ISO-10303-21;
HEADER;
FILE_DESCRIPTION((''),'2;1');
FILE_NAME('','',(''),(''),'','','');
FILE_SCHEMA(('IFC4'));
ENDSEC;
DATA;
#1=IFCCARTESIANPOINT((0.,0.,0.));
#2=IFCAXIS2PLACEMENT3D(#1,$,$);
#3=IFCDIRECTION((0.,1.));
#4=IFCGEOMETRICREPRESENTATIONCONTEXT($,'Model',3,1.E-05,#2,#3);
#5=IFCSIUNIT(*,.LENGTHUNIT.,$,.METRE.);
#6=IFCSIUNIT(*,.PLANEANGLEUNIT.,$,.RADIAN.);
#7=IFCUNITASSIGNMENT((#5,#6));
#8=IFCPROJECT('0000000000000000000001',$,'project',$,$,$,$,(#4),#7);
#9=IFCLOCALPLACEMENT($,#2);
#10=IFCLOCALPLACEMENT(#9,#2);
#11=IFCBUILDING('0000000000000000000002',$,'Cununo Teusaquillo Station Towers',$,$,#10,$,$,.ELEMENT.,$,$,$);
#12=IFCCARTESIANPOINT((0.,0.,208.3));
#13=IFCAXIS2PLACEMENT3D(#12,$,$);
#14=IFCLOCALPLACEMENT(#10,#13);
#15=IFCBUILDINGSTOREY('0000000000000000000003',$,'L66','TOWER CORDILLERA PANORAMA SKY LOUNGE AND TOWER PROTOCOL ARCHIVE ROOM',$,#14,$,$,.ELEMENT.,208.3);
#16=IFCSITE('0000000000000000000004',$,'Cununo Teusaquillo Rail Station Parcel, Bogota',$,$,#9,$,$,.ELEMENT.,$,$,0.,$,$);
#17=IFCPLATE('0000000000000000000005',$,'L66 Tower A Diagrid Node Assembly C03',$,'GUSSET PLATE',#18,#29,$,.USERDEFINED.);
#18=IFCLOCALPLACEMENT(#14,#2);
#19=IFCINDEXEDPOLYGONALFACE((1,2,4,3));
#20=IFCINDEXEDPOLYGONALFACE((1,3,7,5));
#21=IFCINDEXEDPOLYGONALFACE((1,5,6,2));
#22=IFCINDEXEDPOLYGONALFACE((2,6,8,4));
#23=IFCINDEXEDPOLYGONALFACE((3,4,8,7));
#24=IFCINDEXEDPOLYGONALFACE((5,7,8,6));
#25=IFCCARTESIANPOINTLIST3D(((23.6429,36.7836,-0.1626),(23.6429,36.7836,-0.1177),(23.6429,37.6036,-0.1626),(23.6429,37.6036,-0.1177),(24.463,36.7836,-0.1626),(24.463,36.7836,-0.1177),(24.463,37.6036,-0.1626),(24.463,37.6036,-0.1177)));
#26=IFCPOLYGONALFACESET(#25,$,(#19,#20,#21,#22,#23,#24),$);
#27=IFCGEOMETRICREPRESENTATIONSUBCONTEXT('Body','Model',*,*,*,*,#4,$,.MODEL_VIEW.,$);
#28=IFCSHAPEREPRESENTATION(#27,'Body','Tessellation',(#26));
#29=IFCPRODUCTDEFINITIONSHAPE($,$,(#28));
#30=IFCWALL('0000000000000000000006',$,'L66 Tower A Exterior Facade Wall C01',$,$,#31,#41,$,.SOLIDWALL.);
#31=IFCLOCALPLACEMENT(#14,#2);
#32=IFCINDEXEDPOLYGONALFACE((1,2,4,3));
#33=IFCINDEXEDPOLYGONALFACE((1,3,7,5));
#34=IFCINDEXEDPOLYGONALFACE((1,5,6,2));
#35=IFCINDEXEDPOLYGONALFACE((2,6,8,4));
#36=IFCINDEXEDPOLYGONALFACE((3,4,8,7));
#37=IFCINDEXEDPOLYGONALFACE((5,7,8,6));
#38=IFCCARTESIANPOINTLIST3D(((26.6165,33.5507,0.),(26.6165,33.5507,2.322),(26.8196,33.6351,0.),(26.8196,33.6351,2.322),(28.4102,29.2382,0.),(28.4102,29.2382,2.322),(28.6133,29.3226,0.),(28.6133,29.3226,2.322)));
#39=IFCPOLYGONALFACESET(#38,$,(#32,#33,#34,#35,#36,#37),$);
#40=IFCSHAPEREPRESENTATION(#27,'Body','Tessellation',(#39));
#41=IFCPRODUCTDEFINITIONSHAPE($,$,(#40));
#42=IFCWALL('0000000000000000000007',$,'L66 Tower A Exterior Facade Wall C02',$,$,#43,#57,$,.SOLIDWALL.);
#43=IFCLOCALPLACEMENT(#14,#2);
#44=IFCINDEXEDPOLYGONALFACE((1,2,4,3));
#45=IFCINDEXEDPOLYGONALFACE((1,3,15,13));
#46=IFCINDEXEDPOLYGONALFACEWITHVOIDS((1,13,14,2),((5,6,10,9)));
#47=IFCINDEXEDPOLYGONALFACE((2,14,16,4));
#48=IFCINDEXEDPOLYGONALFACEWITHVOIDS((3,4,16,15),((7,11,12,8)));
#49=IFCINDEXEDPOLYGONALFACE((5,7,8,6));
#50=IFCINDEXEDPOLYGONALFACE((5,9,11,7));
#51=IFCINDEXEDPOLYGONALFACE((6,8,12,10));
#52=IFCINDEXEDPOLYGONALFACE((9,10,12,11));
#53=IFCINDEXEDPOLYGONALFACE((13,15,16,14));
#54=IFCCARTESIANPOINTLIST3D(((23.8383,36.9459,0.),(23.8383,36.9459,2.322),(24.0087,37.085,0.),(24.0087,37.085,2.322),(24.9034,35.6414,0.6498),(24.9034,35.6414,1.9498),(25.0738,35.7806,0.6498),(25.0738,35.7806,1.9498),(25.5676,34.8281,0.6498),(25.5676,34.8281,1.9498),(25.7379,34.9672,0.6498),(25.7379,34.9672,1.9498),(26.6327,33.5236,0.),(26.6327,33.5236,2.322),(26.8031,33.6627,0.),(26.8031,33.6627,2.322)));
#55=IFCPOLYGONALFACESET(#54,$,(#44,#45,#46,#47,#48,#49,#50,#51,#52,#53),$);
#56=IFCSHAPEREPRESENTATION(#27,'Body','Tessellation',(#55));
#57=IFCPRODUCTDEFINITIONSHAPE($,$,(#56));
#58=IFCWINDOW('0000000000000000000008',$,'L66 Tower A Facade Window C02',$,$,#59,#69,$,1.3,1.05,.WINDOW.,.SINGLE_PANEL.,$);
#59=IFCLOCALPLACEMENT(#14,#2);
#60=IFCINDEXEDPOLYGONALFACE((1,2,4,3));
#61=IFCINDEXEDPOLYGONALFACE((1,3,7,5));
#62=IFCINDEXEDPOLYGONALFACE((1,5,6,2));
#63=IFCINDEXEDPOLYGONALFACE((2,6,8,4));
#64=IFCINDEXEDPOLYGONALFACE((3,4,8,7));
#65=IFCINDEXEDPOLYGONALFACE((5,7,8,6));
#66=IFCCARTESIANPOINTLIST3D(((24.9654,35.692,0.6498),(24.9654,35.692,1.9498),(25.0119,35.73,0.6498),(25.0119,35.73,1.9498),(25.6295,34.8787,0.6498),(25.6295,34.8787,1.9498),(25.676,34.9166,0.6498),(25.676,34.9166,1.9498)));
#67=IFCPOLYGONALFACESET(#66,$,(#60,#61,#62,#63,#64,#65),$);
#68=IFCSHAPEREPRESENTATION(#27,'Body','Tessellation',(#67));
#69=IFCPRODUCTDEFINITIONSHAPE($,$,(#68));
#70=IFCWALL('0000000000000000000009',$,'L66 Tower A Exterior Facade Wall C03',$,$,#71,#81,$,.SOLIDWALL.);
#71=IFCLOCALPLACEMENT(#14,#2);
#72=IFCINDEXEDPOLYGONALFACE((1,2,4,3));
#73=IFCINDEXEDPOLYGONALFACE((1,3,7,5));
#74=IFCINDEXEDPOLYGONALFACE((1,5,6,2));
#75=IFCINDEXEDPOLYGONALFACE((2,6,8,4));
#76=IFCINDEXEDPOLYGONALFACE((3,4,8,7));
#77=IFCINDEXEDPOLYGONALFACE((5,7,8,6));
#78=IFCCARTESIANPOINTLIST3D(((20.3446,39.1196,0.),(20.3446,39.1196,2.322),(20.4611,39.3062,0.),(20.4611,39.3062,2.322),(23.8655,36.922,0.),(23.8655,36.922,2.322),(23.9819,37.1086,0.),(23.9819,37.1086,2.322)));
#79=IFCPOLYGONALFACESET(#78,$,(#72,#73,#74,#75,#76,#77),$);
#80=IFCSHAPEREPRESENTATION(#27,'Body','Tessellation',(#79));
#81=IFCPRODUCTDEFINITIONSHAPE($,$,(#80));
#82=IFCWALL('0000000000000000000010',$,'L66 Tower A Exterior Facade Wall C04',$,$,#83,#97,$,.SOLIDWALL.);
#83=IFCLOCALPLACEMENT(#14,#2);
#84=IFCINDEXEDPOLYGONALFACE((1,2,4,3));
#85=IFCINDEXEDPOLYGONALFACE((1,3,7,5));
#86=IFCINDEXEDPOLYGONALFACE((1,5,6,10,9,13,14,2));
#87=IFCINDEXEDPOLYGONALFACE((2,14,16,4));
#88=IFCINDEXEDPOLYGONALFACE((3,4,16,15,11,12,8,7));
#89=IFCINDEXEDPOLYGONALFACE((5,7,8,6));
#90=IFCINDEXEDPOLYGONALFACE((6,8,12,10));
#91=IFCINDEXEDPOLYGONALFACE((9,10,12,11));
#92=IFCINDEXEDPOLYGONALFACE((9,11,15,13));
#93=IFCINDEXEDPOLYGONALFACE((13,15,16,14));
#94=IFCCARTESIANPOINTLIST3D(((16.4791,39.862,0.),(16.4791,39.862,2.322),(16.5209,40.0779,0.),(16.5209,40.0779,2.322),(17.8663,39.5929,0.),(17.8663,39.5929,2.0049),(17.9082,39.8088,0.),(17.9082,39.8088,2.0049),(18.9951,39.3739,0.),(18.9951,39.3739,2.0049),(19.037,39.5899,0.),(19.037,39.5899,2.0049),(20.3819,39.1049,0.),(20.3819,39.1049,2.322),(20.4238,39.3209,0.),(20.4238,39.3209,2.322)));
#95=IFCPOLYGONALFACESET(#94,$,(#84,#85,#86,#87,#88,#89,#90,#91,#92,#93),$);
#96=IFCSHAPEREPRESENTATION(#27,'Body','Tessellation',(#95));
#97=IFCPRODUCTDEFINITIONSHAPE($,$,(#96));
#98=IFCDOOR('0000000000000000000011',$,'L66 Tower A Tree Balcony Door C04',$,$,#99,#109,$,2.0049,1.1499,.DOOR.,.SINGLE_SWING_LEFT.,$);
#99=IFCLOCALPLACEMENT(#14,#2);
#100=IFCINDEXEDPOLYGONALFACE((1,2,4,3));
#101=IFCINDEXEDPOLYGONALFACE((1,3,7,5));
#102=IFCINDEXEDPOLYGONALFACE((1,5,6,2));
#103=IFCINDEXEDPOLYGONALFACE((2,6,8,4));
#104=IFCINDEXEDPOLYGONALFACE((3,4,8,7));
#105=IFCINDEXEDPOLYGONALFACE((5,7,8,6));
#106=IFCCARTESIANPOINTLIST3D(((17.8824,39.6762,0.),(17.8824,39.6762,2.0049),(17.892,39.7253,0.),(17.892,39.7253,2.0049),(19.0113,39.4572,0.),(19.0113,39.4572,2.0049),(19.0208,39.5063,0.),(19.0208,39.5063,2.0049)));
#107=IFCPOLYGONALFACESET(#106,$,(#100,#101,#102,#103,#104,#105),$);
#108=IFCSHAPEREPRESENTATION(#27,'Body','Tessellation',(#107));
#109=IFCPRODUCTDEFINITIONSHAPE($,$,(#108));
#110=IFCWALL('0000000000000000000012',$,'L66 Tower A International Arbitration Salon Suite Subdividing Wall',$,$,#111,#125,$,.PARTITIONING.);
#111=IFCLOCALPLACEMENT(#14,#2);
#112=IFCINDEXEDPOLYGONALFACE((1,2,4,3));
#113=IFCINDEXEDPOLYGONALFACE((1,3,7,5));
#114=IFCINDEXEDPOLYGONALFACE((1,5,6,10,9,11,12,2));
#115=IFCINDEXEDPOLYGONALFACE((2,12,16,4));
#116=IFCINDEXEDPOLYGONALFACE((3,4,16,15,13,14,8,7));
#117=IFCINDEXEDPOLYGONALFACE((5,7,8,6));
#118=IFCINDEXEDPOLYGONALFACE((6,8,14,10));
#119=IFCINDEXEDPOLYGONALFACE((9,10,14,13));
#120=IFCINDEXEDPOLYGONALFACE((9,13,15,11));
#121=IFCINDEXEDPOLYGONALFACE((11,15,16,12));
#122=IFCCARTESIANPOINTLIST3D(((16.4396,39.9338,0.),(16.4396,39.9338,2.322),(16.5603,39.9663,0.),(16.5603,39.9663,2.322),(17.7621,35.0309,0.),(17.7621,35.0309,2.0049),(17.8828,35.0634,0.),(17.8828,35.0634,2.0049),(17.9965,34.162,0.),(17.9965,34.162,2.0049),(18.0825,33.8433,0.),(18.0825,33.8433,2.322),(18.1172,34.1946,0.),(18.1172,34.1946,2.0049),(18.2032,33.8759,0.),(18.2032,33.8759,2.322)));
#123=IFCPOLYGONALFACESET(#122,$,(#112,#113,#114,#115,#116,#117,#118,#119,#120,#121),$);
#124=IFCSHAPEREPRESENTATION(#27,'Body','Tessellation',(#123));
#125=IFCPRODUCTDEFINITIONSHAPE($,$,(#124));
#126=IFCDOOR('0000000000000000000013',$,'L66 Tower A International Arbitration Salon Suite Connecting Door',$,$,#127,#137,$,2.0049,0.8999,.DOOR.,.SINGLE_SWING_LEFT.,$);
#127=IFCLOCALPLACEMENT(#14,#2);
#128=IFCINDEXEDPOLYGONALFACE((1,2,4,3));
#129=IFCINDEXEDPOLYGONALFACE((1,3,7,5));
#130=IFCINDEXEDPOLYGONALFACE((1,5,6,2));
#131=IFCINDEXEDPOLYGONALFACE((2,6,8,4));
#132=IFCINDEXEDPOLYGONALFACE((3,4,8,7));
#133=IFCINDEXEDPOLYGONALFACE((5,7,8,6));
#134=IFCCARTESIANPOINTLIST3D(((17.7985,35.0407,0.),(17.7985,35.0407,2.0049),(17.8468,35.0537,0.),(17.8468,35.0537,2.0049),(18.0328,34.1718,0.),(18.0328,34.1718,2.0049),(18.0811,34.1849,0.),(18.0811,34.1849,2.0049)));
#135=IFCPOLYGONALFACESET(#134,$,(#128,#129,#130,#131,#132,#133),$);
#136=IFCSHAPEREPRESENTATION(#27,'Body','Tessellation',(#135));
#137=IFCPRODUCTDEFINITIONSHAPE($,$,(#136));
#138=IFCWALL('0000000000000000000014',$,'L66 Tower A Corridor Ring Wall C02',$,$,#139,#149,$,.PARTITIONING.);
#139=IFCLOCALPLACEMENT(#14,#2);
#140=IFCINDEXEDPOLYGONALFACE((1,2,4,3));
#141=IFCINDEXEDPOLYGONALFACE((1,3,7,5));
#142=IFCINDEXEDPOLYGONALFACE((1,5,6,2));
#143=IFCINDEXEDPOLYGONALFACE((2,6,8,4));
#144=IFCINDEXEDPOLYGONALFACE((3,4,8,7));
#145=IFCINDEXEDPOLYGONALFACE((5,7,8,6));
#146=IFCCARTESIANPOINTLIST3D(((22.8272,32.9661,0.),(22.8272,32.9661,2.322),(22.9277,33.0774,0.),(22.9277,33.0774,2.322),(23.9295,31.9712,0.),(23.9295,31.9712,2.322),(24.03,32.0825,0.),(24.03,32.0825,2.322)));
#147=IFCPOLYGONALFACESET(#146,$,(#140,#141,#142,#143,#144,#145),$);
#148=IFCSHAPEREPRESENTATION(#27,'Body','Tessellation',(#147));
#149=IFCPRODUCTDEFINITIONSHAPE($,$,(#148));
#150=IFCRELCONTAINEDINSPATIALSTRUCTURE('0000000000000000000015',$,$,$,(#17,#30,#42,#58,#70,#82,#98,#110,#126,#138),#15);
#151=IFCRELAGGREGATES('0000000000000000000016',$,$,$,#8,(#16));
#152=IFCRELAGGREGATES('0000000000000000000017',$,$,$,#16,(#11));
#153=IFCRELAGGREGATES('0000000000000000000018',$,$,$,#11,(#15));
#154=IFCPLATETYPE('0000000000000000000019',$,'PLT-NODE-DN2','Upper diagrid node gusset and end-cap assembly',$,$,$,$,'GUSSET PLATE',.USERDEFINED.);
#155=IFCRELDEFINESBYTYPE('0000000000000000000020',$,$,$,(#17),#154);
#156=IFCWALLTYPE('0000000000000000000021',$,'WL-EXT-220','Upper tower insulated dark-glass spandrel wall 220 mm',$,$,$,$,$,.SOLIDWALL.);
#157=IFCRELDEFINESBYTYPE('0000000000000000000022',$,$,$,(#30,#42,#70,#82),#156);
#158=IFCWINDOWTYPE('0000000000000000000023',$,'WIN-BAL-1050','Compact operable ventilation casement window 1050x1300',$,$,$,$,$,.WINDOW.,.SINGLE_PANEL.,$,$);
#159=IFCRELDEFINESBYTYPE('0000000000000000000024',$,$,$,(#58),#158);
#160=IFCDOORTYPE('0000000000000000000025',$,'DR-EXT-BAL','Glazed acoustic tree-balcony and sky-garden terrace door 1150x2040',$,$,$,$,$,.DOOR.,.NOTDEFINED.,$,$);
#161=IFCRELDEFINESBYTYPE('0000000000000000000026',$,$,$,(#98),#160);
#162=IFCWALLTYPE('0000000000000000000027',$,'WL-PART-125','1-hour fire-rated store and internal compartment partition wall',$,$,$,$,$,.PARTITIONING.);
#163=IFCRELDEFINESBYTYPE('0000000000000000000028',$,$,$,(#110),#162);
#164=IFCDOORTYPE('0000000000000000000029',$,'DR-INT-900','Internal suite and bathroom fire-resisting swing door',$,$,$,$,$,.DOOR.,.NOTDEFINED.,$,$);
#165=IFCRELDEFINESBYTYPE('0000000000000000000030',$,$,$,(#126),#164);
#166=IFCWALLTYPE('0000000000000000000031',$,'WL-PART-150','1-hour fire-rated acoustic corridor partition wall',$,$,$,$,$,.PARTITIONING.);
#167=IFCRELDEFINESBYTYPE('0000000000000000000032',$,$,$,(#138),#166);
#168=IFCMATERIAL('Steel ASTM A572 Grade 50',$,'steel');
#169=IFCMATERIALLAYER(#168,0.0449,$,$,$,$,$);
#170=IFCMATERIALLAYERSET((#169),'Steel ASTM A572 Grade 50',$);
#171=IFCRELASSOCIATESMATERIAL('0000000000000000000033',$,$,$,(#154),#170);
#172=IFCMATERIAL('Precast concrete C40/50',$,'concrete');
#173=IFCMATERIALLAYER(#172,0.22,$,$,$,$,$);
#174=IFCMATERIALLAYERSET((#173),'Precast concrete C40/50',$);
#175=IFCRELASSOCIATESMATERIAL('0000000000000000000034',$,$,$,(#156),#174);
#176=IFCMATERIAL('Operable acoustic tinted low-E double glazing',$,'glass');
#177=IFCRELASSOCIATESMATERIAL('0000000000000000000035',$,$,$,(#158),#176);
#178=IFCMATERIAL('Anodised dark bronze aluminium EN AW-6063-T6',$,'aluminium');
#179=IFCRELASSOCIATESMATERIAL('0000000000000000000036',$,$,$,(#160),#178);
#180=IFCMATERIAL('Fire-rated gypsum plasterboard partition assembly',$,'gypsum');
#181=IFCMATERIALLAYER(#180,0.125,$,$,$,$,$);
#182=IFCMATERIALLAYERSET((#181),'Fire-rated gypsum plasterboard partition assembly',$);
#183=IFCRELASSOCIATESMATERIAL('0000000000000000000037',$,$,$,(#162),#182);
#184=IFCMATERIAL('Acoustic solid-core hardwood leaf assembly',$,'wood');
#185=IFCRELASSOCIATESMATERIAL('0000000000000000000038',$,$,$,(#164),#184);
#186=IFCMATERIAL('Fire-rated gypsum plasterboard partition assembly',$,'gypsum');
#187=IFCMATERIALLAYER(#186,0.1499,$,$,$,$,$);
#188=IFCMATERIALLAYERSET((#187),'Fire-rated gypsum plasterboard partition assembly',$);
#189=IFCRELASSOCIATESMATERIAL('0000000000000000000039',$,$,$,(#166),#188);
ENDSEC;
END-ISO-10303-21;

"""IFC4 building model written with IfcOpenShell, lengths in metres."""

from ifc_helpers import new_model, si_unit, direction, frame, frame_2d, origin, origin_2d, place, context, subcontext, project, spatial, rectangle, extrude, source, transform, mapped, material, layer, layer_set, type_object, element, fill, save


model = new_model("IFC4")

# Units and contexts
model_context = context("Model", 3, precision=1e-05, world=origin(), true_north=direction((0.0, 1.0)))
body_context = subcontext(model_context, "Body", "Model", "MODEL_VIEW")
ifc_project = project(units=[si_unit("LENGTHUNIT", "METRE"), si_unit("PLANEANGLEUNIT", "RADIAN")], contexts=[model_context])

# Site, building, storey
site_placement = place(None, origin())
site = spatial("IfcSite", under=ifc_project, at=site_placement, Name="Cununo Teusaquillo Rail Station Parcel, Bogota", CompositionType="ELEMENT", RefElevation=0.0)
building_placement = place(site_placement, origin())
building = spatial("IfcBuilding", under=site, at=building_placement, Name="Cununo Teusaquillo Station Towers", CompositionType="ELEMENT")
storey_placement = place(building_placement, frame((0.0, 0.0, 208.3)))
storey = spatial("IfcBuildingStorey", under=building, at=storey_placement, Name="L66", Description="TOWER CORDILLERA PANORAMA SKY LOUNGE AND TOWER PROTOCOL ARCHIVE ROOM", CompositionType="ELEMENT", Elevation=208.3)

# Plate
ifc_material_1 = material(Name="Steel ASTM A572 Grade 50", Category="steel")
ifc_layer_1 = layer(ifc_material_1, 0.0449)
ifc_layer_set_1 = layer_set([ifc_layer_1], Name="Steel ASTM A572 Grade 50")
plate_type = type_object("IfcPlateType", Name="PLT-NODE-DN2", Description="Upper diagrid node gusset and end-cap assembly", ElementType="GUSSET PLATE", PredefinedType="USERDEFINED", material=ifc_layer_set_1)
shared_shape_1 = source(origin(), body_context, "Body", "SweptSolid", [
    extrude(rectangle(XDim=0.8201, YDim=0.8201, at=origin_2d()), origin(), (0.0, 0.0, 1.0), 0.0449),
])
for number, where, z_axis, x_axis, name in (
    (1, (24.053, 37.1936, -0.1626), (0.0, 0.0, 1.0), (1.0, 0.0, 0.0), "L66 Tower A Diagrid Node Assembly C03"),
):
    element("IfcPlate", number, at=place(storey_placement, frame(where, z_axis=z_axis, x_axis=x_axis)), inside=storey, type_object=plate_type, Name=name, ObjectType="GUSSET PLATE", PredefinedType="USERDEFINED", context=body_context, shape_type="MappedRepresentation", body=[
        mapped(shared_shape_1, transform((0.0, 0.0, 0.0), x_axis=(1.0, 0.0, 0.0), y_axis=(0.0, 1.0, 0.0), z_axis=(0.0, 0.0, 1.0), scale=1.0)),
    ])

# Wall
ifc_material_2 = material(Name="Precast concrete C40/50", Category="concrete")
ifc_layer_2 = layer(ifc_material_2, 0.22)
ifc_layer_set_2 = layer_set([ifc_layer_2], Name="Precast concrete C40/50")
wall_type_1 = type_object("IfcWallType", Name="WL-EXT-220", Description="Upper tower insulated dark-glass spandrel wall 220 mm", PredefinedType="SOLIDWALL", material=ifc_layer_set_2)
wall_1_placement = place(storey_placement, frame((26.718, 33.593, 0.0), z_axis=(0.0, 0.0, 1.0), x_axis=(0.384036, -0.923318, 0.0)))
element("IfcWall", 2, at=wall_1_placement, inside=storey, type_object=wall_type_1, Name="L66 Tower A Exterior Facade Wall C01", PredefinedType="SOLIDWALL", context=body_context, shape_type="SweptSolid", body=[
    extrude(rectangle(XDim=4.6707, YDim=0.22, at=frame_2d((2.3354, 0.0))), origin(), (0.0, 0.0, 1.0), 2.322),
])

# Wall, opening, window
wall_2_placement = place(storey_placement, frame((23.9236, 37.0154, 0.0), z_axis=(0.0, 0.0, 1.0), x_axis=(0.632467, -0.774587, 0.0)))
wall_2 = element("IfcWall", 3, at=wall_2_placement, inside=storey, type_object=wall_type_1, Name="L66 Tower A Exterior Facade Wall C02", PredefinedType="SOLIDWALL", context=body_context, shape_type="SweptSolid", body=[
    extrude(rectangle(XDim=4.4182, YDim=0.22, at=frame_2d((2.209, 0.0))), origin(), (0.0, 0.0, 1.0), 2.322),
])
shared_shape_2 = source(origin(), body_context, "Body", "SweptSolid", [
    extrude(rectangle(XDim=1.05, YDim=1.3, at=frame_2d((0.5249, 0.6499))), frame((0.0, 0.1199, 0.0), z_axis=(0.0, -1.0, 0.0), x_axis=(1.0, 0.0, 0.0)), (0.0, 0.0, 1.0), 0.24),
])
opening_1_placement = place(wall_2_placement, frame((1.6841, 0.0, 0.6499)))
opening_1 = element("IfcOpeningElement", 4, at=opening_1_placement, cuts=wall_2, PredefinedType="OPENING", context=body_context, shape_type="MappedRepresentation", body=[
    mapped(shared_shape_2, transform((0.0, 0.0, 0.0), x_axis=(1.0, 0.0, 0.0), y_axis=(0.0, 1.0, 0.0), z_axis=(0.0, 0.0, 1.0), scale=1.0)),
])
ifc_material_3 = material(Name="Operable acoustic tinted low-E double glazing", Category="glass")
window_type = type_object("IfcWindowType", Name="WIN-BAL-1050", Description="Compact operable ventilation casement window 1050x1300", PartitioningType="SINGLE_PANEL", PredefinedType="WINDOW", material=ifc_material_3)
shared_shape_3 = source(origin(), body_context, "Body", "SweptSolid", [
    extrude(rectangle(XDim=1.05, YDim=1.3, at=frame_2d((0.5249, 0.6499))), frame((0.0, 0.03, 0.0), z_axis=(0.0, -1.0, 0.0), x_axis=(1.0, 0.0, 0.0)), (0.0, 0.0, 1.0), 0.0601),
])
window_placement = place(opening_1_placement, origin())
window = element("IfcWindow", 5, at=window_placement, inside=storey, type_object=window_type, Name="L66 Tower A Facade Window C02", OverallHeight=1.3, OverallWidth=1.05, PartitioningType="SINGLE_PANEL", PredefinedType="WINDOW", context=body_context, shape_type="MappedRepresentation", body=[
    mapped(shared_shape_3, transform((0.0, 0.0, 0.0), x_axis=(1.0, 0.0, 0.0), y_axis=(0.0, 1.0, 0.0), z_axis=(0.0, 0.0, 1.0), scale=1.0)),
])
fill(opening_1, window)

# Wall
wall_3_placement = place(storey_placement, frame((20.4028, 39.2129, 0.0), z_axis=(0.0, 0.0, 1.0), x_axis=(0.848319, -0.529486, 0.0)))
element("IfcWall", 6, at=wall_3_placement, inside=storey, type_object=wall_type_1, Name="L66 Tower A Exterior Facade Wall C03", PredefinedType="SOLIDWALL", context=body_context, shape_type="SweptSolid", body=[
    extrude(rectangle(XDim=4.1504, YDim=0.22, at=frame_2d((2.0752, 0.0))), origin(), (0.0, 0.0, 1.0), 2.322),
])

# Walls, openings, doors
wall_4_placement = place(storey_placement, frame((16.5, 39.97, 0.0), z_axis=(0.0, 0.0, 1.0), x_axis=(0.9817, -0.190432, 0.0)))
wall_4 = element("IfcWall", 7, at=wall_4_placement, inside=storey, type_object=wall_type_1, Name="L66 Tower A Exterior Facade Wall C04", PredefinedType="SOLIDWALL", context=body_context, shape_type="SweptSolid", body=[
    extrude(rectangle(XDim=3.9756, YDim=0.22, at=frame_2d((1.9878, 0.0))), origin(), (0.0, 0.0, 1.0), 2.322),
])
shared_shape_4 = source(origin(), body_context, "Body", "SweptSolid", [
    extrude(rectangle(XDim=1.1499, YDim=2.0049, at=frame_2d((0.575, 1.0024))), frame((0.0, 0.1199, 0.0), z_axis=(0.0, -1.0, 0.0), x_axis=(1.0, 0.0, 0.0)), (0.0, 0.0, 1.0), 0.24),
])
opening_2_placement = place(wall_4_placement, frame((1.4131, 0.0, 0.0)))
opening_2 = element("IfcOpeningElement", 8, at=opening_2_placement, cuts=wall_4, PredefinedType="OPENING", context=body_context, shape_type="MappedRepresentation", body=[
    mapped(shared_shape_4, transform((0.0, 0.0, 0.0), x_axis=(1.0, 0.0, 0.0), y_axis=(0.0, 1.0, 0.0), z_axis=(0.0, 0.0, 1.0), scale=1.0)),
])
ifc_material_4 = material(Name="Anodised dark bronze aluminium EN AW-6063-T6", Category="aluminium")
door_type_1 = type_object("IfcDoorType", Name="DR-EXT-BAL", Description="Glazed acoustic tree-balcony and sky-garden terrace door 1150x2040", OperationType="NOTDEFINED", PredefinedType="DOOR", material=ifc_material_4)
shared_shape_5 = source(origin(), body_context, "Body", "SweptSolid", [
    extrude(rectangle(XDim=1.1499, YDim=2.0049, at=frame_2d((0.575, 1.0024))), frame((0.0, 0.0249, 0.0), z_axis=(0.0, -1.0, 0.0), x_axis=(1.0, 0.0, 0.0)), (0.0, 0.0, 1.0), 0.05),
])
door_1_placement = place(opening_2_placement, origin())
door_1 = element("IfcDoor", 9, at=door_1_placement, inside=storey, type_object=door_type_1, Name="L66 Tower A Tree Balcony Door C04", OperationType="SINGLE_SWING_LEFT", OverallHeight=2.0049, OverallWidth=1.1499, PredefinedType="DOOR", context=body_context, shape_type="MappedRepresentation", body=[
    mapped(shared_shape_5, transform((0.0, 0.0, 0.0), x_axis=(1.0, 0.0, 0.0), y_axis=(0.0, 1.0, 0.0), z_axis=(0.0, 0.0, 1.0), scale=1.0)),
])
fill(opening_2, door_1)
ifc_material_5 = material(Name="Fire-rated gypsum plasterboard partition assembly", Category="gypsum")
ifc_layer_3 = layer(ifc_material_5, 0.125)
ifc_layer_set_3 = layer_set([ifc_layer_3], Name="Fire-rated gypsum plasterboard partition assembly")
wall_type_2 = type_object("IfcWallType", Name="WL-PART-125", Description="1-hour fire-rated store and internal compartment partition wall", PredefinedType="PARTITIONING", material=ifc_layer_set_3)
wall_5_placement = place(storey_placement, frame((18.1428, 33.8596, 0.0), z_axis=(0.0, 0.0, 1.0), x_axis=(-0.260434, 0.965492, 0.0)))
wall_5 = element("IfcWall", 10, at=wall_5_placement, inside=storey, type_object=wall_type_2, Name="L66 Tower A International Arbitration Salon Suite Subdividing Wall", PredefinedType="PARTITIONING", context=body_context, shape_type="SweptSolid", body=[
    extrude(rectangle(XDim=6.3081, YDim=0.125, at=frame_2d((3.1541, 0.0))), origin(), (0.0, 0.0, 1.0), 2.322),
])
shared_shape_6 = source(origin(), body_context, "Body", "SweptSolid", [
    extrude(rectangle(XDim=0.8999, YDim=2.0049, at=frame_2d((0.45, 1.0024))), frame((0.0, 0.0725, 0.0), z_axis=(0.0, -1.0, 0.0), x_axis=(1.0, 0.0, 0.0)), (0.0, 0.0, 1.0), 0.145),
])
opening_3_placement = place(wall_5_placement, frame((0.3301, 0.0, 0.0)))
opening_3 = element("IfcOpeningElement", 11, at=opening_3_placement, cuts=wall_5, PredefinedType="OPENING", context=body_context, shape_type="MappedRepresentation", body=[
    mapped(shared_shape_6, transform((0.0, 0.0, 0.0), x_axis=(1.0, 0.0, 0.0), y_axis=(0.0, 1.0, 0.0), z_axis=(0.0, 0.0, 1.0), scale=1.0)),
])
ifc_material_6 = material(Name="Acoustic solid-core hardwood leaf assembly", Category="wood")
door_type_2 = type_object("IfcDoorType", Name="DR-INT-900", Description="Internal suite and bathroom fire-resisting swing door", OperationType="NOTDEFINED", PredefinedType="DOOR", material=ifc_material_6)
shared_shape_7 = source(origin(), body_context, "Body", "SweptSolid", [
    extrude(rectangle(XDim=0.8999, YDim=2.0049, at=frame_2d((0.45, 1.0024))), frame((0.0, 0.0249, 0.0), z_axis=(0.0, -1.0, 0.0), x_axis=(1.0, 0.0, 0.0)), (0.0, 0.0, 1.0), 0.05),
])
door_2_placement = place(opening_3_placement, origin())
door_2 = element("IfcDoor", 12, at=door_2_placement, inside=storey, type_object=door_type_2, Name="L66 Tower A International Arbitration Salon Suite Connecting Door", OperationType="SINGLE_SWING_LEFT", OverallHeight=2.0049, OverallWidth=0.8999, PredefinedType="DOOR", context=body_context, shape_type="MappedRepresentation", body=[
    mapped(shared_shape_7, transform((0.0, 0.0, 0.0), x_axis=(1.0, 0.0, 0.0), y_axis=(0.0, 1.0, 0.0), z_axis=(0.0, 0.0, 1.0), scale=1.0)),
])
fill(opening_3, door_2)

# Wall
ifc_material_7 = material(Name="Fire-rated gypsum plasterboard partition assembly", Category="gypsum")
ifc_layer_4 = layer(ifc_material_7, 0.1499)
ifc_layer_set_4 = layer_set([ifc_layer_4], Name="Fire-rated gypsum plasterboard partition assembly")
wall_type_3 = type_object("IfcWallType", Name="WL-PART-150", Description="1-hour fire-rated acoustic corridor partition wall", PredefinedType="PARTITIONING", material=ifc_layer_set_4)
wall_6_placement = place(storey_placement, frame((23.9797, 32.0269, 0.0), z_axis=(0.0, 0.0, 1.0), x_axis=(-0.742353, 0.670009, 0.0)))
element("IfcWall", 13, at=wall_6_placement, inside=storey, type_object=wall_type_3, Name="L66 Tower A Corridor Ring Wall C02", PredefinedType="PARTITIONING", context=body_context, shape_type="SweptSolid", body=[
    extrude(rectangle(XDim=1.4849, YDim=0.1499, at=frame_2d((0.7424, 0.0))), origin(), (0.0, 0.0, 1.0), 2.322),
])

save(model, "model.ifc")
